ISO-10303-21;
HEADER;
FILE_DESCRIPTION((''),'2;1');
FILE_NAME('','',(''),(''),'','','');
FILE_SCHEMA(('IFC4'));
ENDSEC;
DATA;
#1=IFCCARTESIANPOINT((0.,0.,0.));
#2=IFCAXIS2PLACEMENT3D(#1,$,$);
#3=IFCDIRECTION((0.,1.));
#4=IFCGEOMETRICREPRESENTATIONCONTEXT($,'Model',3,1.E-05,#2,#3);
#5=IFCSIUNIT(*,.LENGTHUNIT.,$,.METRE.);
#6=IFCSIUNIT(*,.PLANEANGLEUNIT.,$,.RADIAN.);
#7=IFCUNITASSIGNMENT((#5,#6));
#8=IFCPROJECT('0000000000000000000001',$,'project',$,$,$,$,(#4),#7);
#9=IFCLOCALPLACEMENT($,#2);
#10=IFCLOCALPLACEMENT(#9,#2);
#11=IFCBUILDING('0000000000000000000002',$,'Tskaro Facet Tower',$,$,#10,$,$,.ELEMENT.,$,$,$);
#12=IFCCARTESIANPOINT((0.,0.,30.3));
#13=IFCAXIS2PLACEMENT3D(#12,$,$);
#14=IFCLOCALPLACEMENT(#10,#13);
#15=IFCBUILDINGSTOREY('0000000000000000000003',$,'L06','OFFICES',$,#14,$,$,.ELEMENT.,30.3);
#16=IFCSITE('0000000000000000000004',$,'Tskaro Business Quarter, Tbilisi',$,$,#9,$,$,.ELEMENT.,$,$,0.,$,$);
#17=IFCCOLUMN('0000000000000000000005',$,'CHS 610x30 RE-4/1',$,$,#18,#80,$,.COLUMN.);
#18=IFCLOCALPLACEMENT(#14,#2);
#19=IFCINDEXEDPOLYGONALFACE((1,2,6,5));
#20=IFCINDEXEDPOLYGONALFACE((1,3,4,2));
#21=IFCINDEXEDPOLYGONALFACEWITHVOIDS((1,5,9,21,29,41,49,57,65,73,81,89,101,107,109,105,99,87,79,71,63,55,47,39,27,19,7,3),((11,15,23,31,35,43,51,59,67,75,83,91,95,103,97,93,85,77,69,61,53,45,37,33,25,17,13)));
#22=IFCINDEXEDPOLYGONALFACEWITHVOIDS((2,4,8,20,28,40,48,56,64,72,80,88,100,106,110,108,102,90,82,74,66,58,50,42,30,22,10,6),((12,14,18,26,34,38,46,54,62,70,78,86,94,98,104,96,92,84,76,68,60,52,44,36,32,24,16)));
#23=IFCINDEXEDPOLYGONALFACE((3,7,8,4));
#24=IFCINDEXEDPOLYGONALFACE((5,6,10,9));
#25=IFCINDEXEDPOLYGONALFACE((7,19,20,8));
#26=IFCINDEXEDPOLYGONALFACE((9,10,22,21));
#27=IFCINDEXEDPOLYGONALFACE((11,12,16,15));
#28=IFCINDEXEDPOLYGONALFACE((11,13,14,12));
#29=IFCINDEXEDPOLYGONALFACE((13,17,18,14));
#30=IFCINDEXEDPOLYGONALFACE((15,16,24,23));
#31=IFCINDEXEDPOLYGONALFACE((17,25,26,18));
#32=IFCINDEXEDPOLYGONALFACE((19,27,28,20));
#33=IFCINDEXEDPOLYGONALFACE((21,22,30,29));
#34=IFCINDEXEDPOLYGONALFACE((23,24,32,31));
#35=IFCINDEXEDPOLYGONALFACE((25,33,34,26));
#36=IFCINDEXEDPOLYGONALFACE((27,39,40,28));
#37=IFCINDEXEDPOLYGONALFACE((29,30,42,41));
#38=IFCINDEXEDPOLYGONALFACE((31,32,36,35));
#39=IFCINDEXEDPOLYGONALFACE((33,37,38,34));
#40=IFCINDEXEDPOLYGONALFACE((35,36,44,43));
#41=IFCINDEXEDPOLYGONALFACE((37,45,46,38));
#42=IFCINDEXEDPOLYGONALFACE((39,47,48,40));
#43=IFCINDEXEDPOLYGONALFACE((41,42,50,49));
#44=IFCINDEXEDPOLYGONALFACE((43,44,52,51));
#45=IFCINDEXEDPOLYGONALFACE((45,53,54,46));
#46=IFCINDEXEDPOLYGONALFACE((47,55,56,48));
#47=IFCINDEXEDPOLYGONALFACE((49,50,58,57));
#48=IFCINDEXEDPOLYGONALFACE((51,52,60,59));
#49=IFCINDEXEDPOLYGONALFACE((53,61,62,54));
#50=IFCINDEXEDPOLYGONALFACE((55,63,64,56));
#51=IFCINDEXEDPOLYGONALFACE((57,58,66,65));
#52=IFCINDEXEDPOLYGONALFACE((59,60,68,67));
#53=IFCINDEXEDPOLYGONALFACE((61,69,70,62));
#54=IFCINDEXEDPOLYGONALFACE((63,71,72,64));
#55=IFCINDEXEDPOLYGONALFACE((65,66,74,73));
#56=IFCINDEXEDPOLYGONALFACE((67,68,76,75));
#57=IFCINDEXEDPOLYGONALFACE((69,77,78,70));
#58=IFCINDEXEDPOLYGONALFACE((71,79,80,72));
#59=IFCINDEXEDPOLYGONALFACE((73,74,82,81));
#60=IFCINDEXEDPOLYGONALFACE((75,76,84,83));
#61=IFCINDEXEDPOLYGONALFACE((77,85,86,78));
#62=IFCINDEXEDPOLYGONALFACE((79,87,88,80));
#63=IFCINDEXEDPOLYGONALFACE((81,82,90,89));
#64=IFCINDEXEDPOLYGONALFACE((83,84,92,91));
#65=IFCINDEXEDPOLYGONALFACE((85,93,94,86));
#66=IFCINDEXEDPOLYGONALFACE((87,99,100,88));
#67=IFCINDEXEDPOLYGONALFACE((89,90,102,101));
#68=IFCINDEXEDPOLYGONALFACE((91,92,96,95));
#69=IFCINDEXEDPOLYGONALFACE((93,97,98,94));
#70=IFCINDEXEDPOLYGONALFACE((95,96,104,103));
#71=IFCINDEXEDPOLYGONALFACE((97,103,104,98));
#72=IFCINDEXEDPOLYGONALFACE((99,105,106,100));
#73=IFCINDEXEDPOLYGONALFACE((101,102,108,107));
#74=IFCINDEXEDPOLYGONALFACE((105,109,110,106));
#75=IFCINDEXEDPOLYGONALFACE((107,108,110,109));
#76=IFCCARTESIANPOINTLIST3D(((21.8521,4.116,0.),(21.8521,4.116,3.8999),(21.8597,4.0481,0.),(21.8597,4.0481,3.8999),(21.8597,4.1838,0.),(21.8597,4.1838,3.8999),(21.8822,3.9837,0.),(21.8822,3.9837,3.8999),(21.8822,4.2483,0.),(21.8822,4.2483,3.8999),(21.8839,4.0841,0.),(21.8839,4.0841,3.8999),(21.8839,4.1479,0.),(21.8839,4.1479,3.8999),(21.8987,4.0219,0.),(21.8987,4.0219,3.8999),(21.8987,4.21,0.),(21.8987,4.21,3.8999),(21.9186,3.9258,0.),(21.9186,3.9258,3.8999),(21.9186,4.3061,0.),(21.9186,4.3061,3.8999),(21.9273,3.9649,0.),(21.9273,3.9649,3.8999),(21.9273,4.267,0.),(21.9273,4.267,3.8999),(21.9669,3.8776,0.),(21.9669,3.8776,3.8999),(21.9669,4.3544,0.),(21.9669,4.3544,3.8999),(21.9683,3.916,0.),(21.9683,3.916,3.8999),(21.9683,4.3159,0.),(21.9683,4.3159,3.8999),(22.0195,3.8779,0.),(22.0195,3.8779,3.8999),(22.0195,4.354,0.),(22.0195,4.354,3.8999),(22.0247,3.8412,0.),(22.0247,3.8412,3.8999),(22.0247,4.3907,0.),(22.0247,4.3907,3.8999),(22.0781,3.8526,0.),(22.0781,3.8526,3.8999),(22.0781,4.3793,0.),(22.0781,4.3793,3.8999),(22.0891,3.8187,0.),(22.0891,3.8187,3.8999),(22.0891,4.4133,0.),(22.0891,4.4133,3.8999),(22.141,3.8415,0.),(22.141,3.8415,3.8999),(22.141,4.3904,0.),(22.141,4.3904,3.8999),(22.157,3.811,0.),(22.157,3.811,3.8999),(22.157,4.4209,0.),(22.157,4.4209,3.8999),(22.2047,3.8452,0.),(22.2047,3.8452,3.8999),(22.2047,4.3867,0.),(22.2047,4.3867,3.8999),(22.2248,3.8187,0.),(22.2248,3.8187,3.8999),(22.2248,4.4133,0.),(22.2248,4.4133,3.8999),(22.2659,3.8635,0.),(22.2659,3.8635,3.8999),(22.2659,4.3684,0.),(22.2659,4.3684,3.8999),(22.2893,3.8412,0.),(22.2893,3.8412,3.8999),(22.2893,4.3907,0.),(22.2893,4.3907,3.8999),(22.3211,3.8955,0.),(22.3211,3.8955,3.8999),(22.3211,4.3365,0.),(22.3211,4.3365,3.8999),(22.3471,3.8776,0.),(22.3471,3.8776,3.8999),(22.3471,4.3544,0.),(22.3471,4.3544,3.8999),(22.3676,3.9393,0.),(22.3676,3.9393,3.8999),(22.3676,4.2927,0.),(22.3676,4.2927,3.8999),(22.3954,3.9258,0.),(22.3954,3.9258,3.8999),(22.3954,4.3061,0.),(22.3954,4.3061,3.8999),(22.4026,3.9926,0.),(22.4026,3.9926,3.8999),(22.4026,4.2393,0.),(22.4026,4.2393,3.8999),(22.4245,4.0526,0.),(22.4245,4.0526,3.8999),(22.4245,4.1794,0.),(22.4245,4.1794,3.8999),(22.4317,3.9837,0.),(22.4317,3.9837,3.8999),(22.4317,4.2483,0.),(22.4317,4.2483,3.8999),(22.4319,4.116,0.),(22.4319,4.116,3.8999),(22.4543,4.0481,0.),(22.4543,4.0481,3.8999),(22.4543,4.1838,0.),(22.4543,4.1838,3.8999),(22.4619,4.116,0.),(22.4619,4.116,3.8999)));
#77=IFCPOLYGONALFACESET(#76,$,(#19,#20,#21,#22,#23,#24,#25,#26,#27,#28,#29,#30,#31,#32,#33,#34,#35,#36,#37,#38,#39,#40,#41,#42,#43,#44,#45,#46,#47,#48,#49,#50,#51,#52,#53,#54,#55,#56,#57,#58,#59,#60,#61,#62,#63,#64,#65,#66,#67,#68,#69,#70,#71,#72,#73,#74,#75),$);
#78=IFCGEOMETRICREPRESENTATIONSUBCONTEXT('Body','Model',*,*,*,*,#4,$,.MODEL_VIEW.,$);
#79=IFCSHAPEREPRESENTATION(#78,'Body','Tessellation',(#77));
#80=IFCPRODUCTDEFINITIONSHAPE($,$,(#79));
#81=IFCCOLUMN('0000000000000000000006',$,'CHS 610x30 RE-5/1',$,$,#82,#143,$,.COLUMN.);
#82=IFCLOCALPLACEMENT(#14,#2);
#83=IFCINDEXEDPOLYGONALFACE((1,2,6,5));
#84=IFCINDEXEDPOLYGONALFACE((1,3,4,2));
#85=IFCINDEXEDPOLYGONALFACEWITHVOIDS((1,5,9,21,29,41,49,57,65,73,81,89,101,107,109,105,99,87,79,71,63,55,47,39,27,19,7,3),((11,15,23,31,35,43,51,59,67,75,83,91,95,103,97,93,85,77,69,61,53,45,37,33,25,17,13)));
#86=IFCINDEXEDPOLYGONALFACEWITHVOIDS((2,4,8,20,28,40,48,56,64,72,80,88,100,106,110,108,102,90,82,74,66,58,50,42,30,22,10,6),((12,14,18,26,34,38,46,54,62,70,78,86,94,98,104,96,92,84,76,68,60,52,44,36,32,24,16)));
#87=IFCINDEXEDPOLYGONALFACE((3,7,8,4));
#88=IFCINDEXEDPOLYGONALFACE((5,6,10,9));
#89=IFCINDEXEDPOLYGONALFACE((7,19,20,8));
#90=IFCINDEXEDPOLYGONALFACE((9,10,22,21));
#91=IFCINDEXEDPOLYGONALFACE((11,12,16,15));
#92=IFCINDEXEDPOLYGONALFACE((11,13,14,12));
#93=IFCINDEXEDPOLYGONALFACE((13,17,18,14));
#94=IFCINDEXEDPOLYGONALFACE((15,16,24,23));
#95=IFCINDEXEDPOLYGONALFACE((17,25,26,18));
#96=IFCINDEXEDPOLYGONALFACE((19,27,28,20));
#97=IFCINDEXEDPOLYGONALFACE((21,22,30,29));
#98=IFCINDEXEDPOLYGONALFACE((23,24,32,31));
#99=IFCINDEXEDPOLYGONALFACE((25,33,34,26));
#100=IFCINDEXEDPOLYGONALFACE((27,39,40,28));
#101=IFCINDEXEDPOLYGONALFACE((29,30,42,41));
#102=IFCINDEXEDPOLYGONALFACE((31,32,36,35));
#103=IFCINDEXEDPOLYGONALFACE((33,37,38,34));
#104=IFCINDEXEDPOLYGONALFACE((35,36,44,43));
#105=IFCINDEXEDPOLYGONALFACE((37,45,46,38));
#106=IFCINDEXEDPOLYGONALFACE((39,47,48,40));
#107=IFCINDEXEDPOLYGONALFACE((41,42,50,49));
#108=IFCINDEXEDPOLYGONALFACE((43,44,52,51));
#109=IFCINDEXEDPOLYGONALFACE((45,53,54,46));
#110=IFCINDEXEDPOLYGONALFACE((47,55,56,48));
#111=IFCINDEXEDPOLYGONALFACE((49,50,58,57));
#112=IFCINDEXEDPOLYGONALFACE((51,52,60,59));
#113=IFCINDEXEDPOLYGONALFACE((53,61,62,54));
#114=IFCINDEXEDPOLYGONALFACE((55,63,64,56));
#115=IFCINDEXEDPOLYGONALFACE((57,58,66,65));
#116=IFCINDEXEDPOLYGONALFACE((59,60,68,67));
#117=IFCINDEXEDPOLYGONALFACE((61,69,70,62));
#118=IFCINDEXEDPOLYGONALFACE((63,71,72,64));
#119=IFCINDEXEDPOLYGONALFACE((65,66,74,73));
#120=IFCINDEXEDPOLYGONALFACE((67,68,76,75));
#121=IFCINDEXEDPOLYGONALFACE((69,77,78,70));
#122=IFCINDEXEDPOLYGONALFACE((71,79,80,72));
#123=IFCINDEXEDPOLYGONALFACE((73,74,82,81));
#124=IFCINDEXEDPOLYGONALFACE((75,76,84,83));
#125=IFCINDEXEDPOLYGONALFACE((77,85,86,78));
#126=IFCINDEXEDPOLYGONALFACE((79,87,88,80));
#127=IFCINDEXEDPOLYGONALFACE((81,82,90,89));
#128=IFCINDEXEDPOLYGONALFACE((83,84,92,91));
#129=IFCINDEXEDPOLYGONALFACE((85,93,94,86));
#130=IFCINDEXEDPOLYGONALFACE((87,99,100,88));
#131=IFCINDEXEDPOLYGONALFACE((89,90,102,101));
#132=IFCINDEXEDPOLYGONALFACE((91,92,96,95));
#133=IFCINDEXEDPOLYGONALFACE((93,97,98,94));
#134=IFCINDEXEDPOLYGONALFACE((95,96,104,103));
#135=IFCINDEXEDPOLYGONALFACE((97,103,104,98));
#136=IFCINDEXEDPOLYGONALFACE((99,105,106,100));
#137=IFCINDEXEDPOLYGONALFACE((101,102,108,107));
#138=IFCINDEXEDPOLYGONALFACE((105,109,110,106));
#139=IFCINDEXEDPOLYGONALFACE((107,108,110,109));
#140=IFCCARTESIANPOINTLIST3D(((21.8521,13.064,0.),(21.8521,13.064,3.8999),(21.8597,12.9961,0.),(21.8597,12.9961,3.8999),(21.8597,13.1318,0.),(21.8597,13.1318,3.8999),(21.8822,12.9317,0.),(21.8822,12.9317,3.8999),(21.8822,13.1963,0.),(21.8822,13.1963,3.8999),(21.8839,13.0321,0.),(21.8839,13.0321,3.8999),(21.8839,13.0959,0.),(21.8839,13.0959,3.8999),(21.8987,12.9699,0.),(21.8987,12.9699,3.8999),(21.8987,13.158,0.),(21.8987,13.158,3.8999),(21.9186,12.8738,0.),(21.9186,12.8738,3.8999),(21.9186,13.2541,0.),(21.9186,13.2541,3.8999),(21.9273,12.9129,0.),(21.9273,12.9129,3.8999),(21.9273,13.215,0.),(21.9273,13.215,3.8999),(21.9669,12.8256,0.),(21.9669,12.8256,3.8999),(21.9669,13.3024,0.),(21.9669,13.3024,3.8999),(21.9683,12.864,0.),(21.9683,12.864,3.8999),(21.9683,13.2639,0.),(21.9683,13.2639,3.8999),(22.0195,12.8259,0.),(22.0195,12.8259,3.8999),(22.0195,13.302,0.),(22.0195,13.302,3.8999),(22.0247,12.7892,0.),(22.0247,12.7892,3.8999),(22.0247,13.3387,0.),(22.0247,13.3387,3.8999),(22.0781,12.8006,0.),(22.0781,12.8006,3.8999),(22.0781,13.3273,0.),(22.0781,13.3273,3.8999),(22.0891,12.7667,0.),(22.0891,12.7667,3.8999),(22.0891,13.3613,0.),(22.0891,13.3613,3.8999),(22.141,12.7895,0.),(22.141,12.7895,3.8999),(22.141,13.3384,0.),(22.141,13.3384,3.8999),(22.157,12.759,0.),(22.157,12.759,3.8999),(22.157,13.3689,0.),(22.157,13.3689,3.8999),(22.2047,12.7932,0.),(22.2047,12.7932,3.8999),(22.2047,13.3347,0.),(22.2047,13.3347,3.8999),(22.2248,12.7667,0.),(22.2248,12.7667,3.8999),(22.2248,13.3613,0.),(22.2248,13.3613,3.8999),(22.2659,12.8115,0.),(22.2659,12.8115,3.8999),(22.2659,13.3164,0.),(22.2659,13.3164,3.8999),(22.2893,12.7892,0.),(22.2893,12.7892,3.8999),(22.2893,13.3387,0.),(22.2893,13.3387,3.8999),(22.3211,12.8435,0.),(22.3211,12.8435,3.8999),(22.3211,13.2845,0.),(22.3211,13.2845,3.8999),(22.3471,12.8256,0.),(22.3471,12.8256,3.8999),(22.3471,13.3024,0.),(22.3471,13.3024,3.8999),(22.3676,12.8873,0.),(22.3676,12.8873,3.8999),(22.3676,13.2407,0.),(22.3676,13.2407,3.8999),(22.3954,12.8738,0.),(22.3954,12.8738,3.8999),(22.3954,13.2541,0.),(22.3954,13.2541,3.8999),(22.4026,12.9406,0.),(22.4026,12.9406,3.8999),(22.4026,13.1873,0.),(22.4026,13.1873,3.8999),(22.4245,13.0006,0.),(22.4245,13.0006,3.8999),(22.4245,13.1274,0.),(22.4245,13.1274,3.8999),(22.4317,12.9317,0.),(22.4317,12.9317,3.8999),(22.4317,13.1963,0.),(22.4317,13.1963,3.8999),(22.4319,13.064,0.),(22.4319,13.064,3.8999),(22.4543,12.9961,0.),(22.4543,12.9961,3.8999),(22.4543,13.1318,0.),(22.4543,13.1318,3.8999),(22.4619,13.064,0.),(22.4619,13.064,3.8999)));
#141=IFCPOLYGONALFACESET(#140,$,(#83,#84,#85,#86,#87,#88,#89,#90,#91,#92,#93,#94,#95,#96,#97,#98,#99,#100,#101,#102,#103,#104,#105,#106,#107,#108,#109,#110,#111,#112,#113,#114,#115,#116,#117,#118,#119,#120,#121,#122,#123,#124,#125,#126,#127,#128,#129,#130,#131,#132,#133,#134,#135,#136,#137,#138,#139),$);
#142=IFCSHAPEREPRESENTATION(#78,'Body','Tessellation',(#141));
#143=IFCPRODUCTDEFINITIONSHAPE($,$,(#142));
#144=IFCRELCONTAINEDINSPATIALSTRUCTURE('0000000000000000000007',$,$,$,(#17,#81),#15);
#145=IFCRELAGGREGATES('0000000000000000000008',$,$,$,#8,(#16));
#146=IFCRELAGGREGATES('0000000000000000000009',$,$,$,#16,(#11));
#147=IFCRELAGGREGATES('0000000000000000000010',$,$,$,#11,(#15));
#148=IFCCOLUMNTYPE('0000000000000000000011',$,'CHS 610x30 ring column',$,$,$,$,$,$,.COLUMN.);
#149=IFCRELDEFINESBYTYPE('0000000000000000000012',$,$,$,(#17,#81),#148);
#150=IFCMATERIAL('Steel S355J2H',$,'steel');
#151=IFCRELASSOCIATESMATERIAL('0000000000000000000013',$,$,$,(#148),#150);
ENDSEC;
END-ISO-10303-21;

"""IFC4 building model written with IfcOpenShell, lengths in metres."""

from ifc_helpers import new_model, si_unit, direction, frame, origin, origin_2d, place, context, subcontext, project, spatial, hollow_circle, extrude, material, material_profile, profile_set, type_object, element, save


model = new_model("IFC4")

# Units and contexts
model_context = context("Model", 3, precision=1e-05, world=origin(), true_north=direction((0.0, 1.0)))
body_context = subcontext(model_context, "Body", "Model", "MODEL_VIEW")
ifc_project = project(units=[si_unit("LENGTHUNIT", "METRE"), si_unit("PLANEANGLEUNIT", "RADIAN")], contexts=[model_context])

# Site, building, storey
site_placement = place(None, origin())
site = spatial("IfcSite", under=ifc_project, at=site_placement, Name="Tskaro Business Quarter, Tbilisi", CompositionType="ELEMENT", RefElevation=0.0)
building_placement = place(site_placement, origin())
building = spatial("IfcBuilding", under=site, at=building_placement, Name="Tskaro Facet Tower", CompositionType="ELEMENT")
storey_placement = place(building_placement, frame((0.0, 0.0, 30.3)))
storey = spatial("IfcBuildingStorey", under=building, at=storey_placement, Name="L06", Description="OFFICES", CompositionType="ELEMENT", Elevation=30.3)

# Columns
ifc_material_1 = material(Name="Steel S355J2H", Category="steel")
ifc_material_profile_1 = material_profile(ifc_material_1, hollow_circle(Radius=0.3049, WallThickness=0.03, at=origin_2d()), Name="CHS 610x30")
ifc_profile_set_1 = profile_set([ifc_material_profile_1], Name="Steel S355J2H")
column_type_1 = type_object("IfcColumnType", Name="CHS 610x30 ring column", PredefinedType="COLUMN", material=ifc_profile_set_1)
for number, where, z_axis, x_axis, name in (
    (1, (22.157, 4.116, 0.0), (0.0, 0.0, 1.0), (1.0, 0.0, 0.0), "CHS 610x30 RE-4/1"),
    (2, (22.157, 13.064, 0.0), (0.0, 0.0, 1.0), (1.0, 0.0, 0.0), "CHS 610x30 RE-5/1"),
):
    element("IfcColumn", number, at=place(storey_placement, frame(where, z_axis=z_axis, x_axis=x_axis)), inside=storey, type_object=column_type_1, Name=name, PredefinedType="COLUMN", context=body_context, shape_type="SweptSolid", body=[
        extrude(hollow_circle(Radius=0.3049, WallThickness=0.03, at=origin_2d()), origin(), (0.0, 0.0, 1.0), 3.8999),
    ])

save(model, "model.ifc")
